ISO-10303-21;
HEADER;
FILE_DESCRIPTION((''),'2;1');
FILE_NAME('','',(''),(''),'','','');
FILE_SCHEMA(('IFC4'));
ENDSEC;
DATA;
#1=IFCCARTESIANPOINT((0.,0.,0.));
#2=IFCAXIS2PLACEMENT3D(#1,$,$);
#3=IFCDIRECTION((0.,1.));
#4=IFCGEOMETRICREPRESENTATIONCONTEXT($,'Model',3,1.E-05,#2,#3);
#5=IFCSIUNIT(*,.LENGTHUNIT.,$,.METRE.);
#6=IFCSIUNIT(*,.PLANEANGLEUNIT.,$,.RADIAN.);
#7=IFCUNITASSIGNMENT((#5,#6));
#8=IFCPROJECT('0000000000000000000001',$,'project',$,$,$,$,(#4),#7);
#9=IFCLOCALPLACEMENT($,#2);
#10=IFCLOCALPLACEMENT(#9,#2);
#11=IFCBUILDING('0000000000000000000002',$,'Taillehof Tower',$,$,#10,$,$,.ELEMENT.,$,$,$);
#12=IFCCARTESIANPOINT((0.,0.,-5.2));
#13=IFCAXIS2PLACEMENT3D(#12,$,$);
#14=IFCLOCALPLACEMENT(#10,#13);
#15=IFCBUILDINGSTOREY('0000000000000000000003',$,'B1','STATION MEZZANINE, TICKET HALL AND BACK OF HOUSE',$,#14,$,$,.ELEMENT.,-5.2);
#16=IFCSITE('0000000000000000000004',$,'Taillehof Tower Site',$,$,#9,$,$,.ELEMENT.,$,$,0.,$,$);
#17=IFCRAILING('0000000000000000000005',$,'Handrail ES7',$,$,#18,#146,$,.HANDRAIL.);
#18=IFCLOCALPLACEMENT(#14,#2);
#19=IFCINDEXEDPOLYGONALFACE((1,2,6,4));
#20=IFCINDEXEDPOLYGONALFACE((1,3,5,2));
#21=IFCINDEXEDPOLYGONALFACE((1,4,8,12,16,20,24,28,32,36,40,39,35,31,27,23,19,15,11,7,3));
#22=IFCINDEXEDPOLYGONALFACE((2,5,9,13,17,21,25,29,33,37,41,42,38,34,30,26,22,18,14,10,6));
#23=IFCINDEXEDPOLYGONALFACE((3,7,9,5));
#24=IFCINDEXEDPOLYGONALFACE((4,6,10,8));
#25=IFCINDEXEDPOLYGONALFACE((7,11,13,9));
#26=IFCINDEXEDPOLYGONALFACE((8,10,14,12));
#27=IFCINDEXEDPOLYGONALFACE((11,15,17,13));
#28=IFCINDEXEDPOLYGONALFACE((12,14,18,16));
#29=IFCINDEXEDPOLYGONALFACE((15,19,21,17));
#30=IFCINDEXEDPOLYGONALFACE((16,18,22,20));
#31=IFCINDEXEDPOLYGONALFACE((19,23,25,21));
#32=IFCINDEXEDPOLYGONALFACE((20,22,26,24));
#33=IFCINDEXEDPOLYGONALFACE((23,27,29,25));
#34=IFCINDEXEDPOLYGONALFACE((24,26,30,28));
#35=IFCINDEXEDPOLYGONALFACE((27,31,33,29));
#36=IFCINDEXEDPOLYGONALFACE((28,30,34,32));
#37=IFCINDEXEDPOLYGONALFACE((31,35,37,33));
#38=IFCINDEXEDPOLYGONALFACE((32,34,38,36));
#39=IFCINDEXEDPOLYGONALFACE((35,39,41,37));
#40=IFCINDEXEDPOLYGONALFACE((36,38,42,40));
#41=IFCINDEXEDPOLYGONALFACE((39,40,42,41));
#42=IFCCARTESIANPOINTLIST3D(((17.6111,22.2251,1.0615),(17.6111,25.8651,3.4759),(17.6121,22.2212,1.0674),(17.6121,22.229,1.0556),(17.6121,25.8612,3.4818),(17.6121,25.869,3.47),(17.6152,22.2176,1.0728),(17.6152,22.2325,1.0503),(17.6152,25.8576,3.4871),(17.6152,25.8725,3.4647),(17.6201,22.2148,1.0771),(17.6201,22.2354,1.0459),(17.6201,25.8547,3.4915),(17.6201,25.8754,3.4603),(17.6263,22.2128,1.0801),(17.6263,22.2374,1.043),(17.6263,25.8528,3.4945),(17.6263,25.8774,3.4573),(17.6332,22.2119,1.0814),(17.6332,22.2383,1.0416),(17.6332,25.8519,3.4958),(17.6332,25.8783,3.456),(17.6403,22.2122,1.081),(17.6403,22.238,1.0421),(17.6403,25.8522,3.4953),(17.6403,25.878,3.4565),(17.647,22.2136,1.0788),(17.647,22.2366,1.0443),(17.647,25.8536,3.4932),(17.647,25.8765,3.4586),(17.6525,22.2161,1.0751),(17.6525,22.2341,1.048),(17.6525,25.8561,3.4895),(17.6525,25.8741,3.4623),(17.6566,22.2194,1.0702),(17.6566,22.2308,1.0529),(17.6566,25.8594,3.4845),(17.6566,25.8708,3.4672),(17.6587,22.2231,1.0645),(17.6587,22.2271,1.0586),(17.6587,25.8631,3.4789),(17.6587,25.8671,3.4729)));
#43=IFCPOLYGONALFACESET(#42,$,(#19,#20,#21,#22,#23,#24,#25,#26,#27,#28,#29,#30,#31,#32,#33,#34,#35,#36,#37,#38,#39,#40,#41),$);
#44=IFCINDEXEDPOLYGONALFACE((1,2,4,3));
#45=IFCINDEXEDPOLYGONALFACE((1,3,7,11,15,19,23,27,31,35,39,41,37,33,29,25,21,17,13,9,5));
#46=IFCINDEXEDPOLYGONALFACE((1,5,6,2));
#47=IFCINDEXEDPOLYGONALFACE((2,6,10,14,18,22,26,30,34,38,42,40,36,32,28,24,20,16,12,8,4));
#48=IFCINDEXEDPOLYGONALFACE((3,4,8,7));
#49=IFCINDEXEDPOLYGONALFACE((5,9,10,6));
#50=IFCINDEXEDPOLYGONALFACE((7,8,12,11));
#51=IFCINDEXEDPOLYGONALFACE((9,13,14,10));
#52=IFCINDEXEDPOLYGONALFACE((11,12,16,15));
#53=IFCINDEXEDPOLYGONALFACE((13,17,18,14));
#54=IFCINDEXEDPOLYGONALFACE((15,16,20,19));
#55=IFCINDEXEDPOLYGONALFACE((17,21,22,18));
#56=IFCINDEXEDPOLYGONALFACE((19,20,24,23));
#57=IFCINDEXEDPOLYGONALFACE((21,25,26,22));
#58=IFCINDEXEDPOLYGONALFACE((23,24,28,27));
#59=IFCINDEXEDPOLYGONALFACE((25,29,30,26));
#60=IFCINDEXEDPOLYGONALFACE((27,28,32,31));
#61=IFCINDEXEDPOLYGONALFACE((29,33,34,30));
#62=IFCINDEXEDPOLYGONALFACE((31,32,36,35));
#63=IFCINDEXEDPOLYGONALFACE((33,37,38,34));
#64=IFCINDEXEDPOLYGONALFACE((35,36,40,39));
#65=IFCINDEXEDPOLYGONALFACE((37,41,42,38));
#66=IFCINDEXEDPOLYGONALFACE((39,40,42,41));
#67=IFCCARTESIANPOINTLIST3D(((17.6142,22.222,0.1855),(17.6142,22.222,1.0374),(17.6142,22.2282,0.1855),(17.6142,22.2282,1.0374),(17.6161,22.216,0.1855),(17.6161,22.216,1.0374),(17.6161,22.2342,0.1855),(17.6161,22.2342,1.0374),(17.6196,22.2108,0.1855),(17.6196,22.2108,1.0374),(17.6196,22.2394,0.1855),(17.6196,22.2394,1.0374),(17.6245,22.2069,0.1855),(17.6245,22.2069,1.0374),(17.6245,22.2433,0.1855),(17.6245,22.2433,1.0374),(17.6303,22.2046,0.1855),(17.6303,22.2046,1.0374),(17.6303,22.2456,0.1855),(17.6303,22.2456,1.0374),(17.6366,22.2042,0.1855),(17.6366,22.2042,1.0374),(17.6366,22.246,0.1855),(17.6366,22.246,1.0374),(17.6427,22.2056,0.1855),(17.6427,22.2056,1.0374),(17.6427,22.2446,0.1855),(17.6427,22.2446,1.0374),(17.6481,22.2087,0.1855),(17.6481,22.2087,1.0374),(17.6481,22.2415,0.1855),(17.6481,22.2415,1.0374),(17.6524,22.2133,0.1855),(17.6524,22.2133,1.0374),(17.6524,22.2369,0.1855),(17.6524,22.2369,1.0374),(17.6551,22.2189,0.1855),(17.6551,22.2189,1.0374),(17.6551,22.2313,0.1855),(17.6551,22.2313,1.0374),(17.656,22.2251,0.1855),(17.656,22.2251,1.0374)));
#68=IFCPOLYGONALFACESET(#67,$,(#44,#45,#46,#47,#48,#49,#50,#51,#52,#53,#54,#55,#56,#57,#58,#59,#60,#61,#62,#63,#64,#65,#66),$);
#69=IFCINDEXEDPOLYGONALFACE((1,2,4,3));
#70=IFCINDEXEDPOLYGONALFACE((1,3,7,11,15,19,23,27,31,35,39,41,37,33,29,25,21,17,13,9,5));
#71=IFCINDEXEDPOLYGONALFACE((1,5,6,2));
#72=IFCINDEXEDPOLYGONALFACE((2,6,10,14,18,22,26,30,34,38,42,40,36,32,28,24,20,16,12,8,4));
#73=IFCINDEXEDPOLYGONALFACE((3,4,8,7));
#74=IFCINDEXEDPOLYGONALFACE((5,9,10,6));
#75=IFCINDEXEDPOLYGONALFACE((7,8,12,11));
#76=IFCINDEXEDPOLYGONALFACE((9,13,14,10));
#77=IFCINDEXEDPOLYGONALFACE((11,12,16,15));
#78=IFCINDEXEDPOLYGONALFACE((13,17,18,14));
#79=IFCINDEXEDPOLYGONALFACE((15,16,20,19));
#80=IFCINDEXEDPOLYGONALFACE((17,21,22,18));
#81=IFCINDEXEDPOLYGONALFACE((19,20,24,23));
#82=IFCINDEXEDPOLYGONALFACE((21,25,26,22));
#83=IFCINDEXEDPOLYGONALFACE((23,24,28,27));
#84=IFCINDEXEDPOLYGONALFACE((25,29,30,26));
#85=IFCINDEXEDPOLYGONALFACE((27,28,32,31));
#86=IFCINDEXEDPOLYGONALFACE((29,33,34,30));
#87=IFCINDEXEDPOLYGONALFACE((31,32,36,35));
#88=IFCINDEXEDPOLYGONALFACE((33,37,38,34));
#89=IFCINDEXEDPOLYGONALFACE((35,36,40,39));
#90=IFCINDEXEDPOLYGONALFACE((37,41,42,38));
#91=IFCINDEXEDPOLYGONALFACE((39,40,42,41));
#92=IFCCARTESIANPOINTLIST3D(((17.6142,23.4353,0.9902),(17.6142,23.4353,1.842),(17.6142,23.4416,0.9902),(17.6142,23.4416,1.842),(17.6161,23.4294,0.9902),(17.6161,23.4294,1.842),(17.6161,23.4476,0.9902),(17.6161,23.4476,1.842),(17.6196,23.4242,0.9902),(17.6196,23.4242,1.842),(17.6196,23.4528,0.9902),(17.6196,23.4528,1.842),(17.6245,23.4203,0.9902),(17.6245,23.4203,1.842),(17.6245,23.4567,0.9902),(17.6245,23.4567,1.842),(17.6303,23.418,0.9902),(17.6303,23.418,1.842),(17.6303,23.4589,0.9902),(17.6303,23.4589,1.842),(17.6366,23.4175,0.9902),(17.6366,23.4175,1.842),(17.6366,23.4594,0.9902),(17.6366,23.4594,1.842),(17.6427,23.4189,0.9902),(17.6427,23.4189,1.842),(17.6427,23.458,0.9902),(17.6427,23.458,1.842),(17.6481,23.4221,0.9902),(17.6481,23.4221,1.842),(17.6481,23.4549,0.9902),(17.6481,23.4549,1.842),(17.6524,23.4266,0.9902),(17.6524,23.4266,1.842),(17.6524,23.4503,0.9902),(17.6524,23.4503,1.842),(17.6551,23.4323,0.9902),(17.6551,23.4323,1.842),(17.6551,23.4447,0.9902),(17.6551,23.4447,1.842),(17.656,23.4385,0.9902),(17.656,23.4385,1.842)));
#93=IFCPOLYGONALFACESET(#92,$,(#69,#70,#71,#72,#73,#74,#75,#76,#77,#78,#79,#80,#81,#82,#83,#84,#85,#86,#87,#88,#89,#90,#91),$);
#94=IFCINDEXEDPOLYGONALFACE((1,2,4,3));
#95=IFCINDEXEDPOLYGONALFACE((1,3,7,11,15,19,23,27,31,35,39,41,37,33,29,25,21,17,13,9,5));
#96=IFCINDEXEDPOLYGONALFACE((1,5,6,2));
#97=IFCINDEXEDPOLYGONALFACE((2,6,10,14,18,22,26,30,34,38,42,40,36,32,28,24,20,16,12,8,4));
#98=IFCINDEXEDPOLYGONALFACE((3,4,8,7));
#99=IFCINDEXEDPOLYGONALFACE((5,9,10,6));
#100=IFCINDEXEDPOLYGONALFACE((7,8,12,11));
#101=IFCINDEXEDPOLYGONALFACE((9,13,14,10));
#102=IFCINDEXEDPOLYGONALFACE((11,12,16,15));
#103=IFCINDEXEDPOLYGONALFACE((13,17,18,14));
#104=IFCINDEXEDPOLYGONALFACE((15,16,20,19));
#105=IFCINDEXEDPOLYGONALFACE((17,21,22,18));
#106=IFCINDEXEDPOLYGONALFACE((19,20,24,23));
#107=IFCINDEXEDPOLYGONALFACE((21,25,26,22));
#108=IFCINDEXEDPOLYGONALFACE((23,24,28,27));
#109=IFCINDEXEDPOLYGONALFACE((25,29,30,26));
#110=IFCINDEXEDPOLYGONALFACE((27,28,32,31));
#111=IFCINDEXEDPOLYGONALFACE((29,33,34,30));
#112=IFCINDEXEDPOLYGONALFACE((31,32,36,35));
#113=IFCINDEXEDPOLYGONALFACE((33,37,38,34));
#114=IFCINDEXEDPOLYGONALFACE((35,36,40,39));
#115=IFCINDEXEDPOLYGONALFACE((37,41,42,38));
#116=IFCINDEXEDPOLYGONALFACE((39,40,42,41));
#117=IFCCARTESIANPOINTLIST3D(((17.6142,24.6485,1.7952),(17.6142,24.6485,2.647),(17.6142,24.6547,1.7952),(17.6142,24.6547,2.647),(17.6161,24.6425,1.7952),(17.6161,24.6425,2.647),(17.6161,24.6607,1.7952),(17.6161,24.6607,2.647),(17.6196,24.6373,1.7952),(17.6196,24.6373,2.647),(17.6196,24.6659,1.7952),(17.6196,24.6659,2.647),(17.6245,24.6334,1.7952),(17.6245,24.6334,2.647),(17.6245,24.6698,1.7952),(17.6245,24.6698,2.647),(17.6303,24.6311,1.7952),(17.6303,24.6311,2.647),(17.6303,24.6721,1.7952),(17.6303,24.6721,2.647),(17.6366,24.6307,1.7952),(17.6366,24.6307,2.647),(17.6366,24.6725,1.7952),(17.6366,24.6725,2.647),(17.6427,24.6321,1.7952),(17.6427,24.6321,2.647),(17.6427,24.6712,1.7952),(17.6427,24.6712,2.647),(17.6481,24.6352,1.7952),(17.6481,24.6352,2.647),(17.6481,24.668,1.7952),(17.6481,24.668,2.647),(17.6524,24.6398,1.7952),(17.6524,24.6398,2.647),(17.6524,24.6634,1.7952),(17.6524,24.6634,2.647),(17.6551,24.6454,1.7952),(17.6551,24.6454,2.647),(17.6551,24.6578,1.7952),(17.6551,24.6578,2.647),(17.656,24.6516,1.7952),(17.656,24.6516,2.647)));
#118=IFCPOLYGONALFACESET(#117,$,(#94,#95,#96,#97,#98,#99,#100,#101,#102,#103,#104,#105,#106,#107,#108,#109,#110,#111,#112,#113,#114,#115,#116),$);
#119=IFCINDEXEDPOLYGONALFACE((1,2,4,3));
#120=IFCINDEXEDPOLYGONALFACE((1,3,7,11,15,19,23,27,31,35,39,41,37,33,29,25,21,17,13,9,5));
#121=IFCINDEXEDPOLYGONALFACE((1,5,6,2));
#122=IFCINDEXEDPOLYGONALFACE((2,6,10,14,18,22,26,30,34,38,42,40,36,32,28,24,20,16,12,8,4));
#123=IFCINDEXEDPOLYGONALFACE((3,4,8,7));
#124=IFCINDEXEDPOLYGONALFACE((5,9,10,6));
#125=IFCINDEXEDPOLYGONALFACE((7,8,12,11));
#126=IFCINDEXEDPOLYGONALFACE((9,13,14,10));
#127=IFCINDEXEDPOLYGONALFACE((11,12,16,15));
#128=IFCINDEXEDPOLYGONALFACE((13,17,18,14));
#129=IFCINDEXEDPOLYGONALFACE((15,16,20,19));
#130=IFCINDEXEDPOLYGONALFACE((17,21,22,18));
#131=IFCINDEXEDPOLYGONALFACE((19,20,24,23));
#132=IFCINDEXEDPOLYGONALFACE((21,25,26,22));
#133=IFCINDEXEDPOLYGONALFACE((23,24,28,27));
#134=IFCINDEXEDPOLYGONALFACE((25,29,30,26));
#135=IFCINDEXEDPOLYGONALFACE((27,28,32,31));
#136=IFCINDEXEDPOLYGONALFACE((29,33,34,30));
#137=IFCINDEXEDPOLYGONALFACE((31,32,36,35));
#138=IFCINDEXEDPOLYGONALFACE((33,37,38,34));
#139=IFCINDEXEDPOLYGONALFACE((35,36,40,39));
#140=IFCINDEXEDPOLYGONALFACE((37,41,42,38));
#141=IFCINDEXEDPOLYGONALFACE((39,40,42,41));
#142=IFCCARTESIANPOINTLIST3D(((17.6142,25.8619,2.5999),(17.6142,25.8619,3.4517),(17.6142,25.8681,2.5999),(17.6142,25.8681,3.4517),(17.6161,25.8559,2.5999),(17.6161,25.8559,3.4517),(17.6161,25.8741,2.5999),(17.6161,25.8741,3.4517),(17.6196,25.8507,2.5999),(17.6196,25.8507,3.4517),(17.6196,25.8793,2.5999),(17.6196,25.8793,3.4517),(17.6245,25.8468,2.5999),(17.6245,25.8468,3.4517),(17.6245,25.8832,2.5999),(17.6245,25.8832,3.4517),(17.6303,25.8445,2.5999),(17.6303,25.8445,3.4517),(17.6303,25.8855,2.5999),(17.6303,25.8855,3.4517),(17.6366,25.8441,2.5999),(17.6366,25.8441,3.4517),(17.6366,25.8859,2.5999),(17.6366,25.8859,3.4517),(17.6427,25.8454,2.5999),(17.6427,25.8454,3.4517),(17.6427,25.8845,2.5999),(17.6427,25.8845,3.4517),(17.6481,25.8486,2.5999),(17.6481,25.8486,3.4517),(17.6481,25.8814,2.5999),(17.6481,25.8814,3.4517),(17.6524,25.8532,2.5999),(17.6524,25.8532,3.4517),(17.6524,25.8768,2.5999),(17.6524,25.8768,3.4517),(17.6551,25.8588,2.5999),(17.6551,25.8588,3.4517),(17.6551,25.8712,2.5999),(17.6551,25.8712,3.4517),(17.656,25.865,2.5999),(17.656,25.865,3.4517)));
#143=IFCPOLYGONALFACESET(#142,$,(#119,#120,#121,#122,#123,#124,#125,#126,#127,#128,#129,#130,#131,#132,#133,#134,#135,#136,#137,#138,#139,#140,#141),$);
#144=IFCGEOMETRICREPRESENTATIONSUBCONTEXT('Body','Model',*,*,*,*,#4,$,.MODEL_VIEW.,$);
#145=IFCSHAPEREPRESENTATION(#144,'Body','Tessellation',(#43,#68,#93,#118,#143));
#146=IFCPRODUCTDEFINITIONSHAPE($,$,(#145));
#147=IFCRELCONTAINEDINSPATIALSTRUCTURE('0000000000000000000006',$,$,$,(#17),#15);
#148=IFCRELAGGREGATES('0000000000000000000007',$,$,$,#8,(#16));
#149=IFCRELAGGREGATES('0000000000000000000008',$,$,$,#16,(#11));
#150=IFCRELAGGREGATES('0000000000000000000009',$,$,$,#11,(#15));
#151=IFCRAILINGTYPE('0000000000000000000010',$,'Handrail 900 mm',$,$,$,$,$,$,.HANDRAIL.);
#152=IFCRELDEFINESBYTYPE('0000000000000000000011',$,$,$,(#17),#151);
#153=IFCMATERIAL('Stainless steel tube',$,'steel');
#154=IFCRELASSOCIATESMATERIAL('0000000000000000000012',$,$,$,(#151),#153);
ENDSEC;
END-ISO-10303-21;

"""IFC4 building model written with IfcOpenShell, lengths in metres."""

from ifc_helpers import new_model, si_unit, direction, frame, origin, origin_2d, place, context, subcontext, project, spatial, circle, extrude, material, type_object, element, save


model = new_model("IFC4")

# Units and contexts
model_context = context("Model", 3, precision=1e-05, world=origin(), true_north=direction((0.0, 1.0)))
body_context = subcontext(model_context, "Body", "Model", "MODEL_VIEW")
ifc_project = project(units=[si_unit("LENGTHUNIT", "METRE"), si_unit("PLANEANGLEUNIT", "RADIAN")], contexts=[model_context])

# Site, building, storey
site_placement = place(None, origin())
site = spatial("IfcSite", under=ifc_project, at=site_placement, Name="Taillehof Tower Site", CompositionType="ELEMENT", RefElevation=0.0)
building_placement = place(site_placement, origin())
building = spatial("IfcBuilding", under=site, at=building_placement, Name="Taillehof Tower", CompositionType="ELEMENT")
storey_placement = place(building_placement, frame((0.0, 0.0, -5.2)))
storey = spatial("IfcBuildingStorey", under=building, at=storey_placement, Name="B1", Description="STATION MEZZANINE, TICKET HALL AND BACK OF HOUSE", CompositionType="ELEMENT", Elevation=-5.2)

# Railing
ifc_material_1 = material(Name="Stainless steel tube", Category="steel")
railing_type = type_object("IfcRailingType", Name="Handrail 900 mm", PredefinedType="HANDRAIL", material=ifc_material_1)
for number, where, name in (
    (1, (17.635, 22.2251, 0.1855), "Handrail ES7"),
):
    element("IfcRailing", number, at=place(storey_placement, frame(where)), inside=storey, type_object=railing_type, Name=name, PredefinedType="HANDRAIL", context=body_context, shape_type="SweptSolid", body=[
        extrude(circle(Radius=0.0239, at=origin_2d()), frame((0.0, 0.0, 0.876), z_axis=(0.0, 0.833347, 0.552751), x_axis=(-1.0, 0.0, 0.0)), (0.0, 0.0, 1.0), 4.3679),
        extrude(circle(Radius=0.021, at=origin_2d()), origin(), (0.0, 0.0, 1.0), 0.8518),
        extrude(circle(Radius=0.021, at=origin_2d()), frame((0.0, 1.2134, 0.8047)), (0.0, 0.0, 1.0), 0.8518),
        extrude(circle(Radius=0.021, at=origin_2d()), frame((0.0, 2.4265, 1.6096)), (0.0, 0.0, 1.0), 0.8518),
        extrude(circle(Radius=0.021, at=origin_2d()), frame((0.0, 3.6399, 2.4143)), (0.0, 0.0, 1.0), 0.8518),
    ])

save(model, "model.ifc")
